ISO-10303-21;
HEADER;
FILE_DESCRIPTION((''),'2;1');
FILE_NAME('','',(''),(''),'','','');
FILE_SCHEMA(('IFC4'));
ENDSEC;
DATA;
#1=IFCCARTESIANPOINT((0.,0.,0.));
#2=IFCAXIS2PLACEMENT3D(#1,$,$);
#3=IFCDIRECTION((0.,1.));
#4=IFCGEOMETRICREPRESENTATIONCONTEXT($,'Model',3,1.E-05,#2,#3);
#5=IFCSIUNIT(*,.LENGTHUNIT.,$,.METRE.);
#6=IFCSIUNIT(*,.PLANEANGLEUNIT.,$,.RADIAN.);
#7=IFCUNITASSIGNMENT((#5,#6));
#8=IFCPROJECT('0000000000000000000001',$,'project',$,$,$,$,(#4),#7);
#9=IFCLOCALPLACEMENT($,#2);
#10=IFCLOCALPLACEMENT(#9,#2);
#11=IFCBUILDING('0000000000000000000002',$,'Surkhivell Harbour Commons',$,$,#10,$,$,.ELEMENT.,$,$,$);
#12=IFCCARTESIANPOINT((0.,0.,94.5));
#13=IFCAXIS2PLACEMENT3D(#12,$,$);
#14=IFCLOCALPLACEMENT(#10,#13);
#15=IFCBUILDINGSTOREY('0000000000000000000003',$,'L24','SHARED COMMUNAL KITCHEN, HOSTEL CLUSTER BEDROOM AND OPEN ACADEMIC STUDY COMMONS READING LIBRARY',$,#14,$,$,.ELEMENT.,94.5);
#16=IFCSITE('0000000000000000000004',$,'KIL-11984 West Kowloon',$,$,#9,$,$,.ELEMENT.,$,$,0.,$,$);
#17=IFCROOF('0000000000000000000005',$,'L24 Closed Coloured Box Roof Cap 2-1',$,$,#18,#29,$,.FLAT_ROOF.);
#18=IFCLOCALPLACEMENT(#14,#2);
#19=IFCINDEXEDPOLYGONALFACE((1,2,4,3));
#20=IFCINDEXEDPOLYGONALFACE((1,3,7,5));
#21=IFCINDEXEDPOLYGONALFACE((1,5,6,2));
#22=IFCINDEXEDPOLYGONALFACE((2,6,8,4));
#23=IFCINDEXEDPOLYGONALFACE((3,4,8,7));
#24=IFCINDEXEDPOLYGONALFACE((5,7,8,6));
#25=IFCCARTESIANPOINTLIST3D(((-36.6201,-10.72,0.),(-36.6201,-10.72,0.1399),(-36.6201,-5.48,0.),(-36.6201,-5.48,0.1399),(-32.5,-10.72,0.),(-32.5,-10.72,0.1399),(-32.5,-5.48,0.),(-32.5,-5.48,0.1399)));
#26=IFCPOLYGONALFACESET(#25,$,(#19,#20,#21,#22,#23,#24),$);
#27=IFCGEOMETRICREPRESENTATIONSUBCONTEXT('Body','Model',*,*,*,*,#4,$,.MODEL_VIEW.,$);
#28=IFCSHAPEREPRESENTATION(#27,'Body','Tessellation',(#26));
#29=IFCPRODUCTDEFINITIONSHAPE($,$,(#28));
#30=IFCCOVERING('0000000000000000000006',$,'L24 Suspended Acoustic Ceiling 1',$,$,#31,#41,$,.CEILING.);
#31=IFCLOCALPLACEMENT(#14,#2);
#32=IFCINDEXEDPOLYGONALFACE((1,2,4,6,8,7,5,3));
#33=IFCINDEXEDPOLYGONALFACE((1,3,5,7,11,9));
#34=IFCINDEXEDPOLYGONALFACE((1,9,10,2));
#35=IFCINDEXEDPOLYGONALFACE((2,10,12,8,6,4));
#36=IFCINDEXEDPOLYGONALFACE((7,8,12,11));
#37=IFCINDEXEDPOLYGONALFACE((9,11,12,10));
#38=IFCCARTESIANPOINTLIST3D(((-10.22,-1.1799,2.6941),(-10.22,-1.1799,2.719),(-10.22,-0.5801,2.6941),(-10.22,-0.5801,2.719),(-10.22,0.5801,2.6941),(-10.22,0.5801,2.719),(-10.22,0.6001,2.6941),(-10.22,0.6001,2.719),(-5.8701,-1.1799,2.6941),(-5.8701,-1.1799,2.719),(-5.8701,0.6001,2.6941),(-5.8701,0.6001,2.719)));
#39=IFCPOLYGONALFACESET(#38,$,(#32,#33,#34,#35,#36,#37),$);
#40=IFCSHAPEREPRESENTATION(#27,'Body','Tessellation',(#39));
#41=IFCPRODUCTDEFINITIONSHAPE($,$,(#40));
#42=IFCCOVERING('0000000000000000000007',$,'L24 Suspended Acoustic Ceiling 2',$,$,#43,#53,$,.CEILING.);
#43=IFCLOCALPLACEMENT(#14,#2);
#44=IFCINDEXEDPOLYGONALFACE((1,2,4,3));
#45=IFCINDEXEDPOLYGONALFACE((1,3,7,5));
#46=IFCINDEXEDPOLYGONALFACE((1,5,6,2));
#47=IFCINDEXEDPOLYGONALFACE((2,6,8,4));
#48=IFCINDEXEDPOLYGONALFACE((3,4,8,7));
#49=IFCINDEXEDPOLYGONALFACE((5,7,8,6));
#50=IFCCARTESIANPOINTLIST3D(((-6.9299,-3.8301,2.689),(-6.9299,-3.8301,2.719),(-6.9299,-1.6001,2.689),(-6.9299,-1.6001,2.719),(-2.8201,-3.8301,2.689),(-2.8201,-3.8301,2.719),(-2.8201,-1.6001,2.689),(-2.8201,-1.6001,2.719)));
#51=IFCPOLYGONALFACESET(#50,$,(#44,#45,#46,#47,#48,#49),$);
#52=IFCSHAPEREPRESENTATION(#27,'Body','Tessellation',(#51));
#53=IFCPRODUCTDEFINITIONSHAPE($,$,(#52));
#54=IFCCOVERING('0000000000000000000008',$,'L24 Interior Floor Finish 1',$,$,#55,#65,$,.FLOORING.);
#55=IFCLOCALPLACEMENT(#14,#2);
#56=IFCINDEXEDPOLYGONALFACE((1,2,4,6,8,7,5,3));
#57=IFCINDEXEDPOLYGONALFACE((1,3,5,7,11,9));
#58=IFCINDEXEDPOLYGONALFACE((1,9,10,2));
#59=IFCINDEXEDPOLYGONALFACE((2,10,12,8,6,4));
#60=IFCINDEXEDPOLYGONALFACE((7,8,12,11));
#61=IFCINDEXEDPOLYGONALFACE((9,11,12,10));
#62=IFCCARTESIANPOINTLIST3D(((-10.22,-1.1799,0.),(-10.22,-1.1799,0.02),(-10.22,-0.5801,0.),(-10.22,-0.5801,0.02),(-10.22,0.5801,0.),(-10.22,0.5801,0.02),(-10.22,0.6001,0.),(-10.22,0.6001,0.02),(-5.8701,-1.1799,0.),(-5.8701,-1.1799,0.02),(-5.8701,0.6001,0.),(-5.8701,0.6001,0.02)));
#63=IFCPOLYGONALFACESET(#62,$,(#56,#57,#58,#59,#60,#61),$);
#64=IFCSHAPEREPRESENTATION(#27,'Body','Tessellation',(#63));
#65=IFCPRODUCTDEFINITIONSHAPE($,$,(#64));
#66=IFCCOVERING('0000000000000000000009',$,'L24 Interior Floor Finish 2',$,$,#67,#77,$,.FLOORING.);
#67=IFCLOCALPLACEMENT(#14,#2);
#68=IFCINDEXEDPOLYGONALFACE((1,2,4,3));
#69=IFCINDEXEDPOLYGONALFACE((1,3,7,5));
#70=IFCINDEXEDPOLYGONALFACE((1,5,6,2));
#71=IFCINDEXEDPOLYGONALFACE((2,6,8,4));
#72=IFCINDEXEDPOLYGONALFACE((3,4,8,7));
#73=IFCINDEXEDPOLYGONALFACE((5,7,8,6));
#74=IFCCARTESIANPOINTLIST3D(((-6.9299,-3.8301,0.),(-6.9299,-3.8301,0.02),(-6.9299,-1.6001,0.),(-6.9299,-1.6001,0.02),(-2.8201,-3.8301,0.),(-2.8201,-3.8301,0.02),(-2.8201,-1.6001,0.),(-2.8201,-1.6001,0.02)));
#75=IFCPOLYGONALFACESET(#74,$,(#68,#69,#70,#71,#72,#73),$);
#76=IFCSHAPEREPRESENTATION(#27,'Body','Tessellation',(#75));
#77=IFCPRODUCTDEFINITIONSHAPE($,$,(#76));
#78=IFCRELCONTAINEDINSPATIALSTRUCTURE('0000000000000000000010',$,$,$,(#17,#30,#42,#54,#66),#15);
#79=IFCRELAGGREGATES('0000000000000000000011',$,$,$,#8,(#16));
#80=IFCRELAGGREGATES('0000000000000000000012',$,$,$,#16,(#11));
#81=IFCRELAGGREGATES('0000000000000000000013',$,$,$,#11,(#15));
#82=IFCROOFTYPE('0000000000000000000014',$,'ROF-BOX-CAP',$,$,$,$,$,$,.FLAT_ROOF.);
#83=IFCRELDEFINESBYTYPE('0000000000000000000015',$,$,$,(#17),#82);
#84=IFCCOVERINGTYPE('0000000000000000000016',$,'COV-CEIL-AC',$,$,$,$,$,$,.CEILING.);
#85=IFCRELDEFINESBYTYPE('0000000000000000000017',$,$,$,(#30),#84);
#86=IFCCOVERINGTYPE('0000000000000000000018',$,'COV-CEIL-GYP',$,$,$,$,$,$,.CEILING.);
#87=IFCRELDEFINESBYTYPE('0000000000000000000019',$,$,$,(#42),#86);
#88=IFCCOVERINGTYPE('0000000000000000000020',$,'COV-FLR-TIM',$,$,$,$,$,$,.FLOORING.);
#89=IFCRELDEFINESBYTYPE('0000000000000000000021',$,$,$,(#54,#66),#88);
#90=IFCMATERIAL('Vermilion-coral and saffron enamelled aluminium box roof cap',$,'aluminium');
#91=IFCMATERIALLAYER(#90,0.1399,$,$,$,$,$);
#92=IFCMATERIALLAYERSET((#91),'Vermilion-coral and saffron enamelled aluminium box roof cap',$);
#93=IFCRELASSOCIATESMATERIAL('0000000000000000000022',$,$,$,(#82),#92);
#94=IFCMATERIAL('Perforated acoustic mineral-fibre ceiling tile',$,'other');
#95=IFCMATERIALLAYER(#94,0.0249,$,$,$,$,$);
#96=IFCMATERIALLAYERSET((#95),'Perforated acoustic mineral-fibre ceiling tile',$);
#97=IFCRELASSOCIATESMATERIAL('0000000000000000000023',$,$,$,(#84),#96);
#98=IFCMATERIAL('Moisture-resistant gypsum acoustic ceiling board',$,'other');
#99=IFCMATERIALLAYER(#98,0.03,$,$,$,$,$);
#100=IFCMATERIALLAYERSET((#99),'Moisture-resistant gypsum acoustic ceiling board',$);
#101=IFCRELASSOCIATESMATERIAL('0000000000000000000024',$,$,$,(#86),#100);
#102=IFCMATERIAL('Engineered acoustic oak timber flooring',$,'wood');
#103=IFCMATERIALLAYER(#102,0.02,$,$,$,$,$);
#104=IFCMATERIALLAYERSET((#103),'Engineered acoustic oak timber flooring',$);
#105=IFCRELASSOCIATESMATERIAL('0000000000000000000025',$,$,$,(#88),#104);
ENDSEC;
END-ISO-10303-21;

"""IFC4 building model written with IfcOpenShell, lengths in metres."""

from ifc_helpers import new_model, si_unit, direction, frame, origin, place, context, subcontext, project, spatial, polyline, outline, extrude, material, layer, layer_set, type_object, element, save


model = new_model("IFC4")

# Units and contexts
model_context = context("Model", 3, precision=1e-05, world=origin(), true_north=direction((0.0, 1.0)))
body_context = subcontext(model_context, "Body", "Model", "MODEL_VIEW")
ifc_project = project(units=[si_unit("LENGTHUNIT", "METRE"), si_unit("PLANEANGLEUNIT", "RADIAN")], contexts=[model_context])

# Site, building, storey
site_placement = place(None, origin())
site = spatial("IfcSite", under=ifc_project, at=site_placement, Name="KIL-11984 West Kowloon", CompositionType="ELEMENT", RefElevation=0.0)
building_placement = place(site_placement, origin())
building = spatial("IfcBuilding", under=site, at=building_placement, Name="Surkhivell Harbour Commons", CompositionType="ELEMENT")
storey_placement = place(building_placement, frame((0.0, 0.0, 94.5)))
storey = spatial("IfcBuildingStorey", under=building, at=storey_placement, Name="L24", Description="SHARED COMMUNAL KITCHEN, HOSTEL CLUSTER BEDROOM AND OPEN ACADEMIC STUDY COMMONS READING LIBRARY", CompositionType="ELEMENT", Elevation=94.5)

# Roof
ifc_material_1 = material(Name="Vermilion-coral and saffron enamelled aluminium box roof cap", Category="aluminium")
ifc_layer_1 = layer(ifc_material_1, 0.1399)
ifc_layer_set_1 = layer_set([ifc_layer_1], Name="Vermilion-coral and saffron enamelled aluminium box roof cap")
roof_type = type_object("IfcRoofType", Name="ROF-BOX-CAP", PredefinedType="FLAT_ROOF", material=ifc_layer_set_1)
roof_1_placement = place(storey_placement, origin())
element("IfcRoof", 1, at=roof_1_placement, inside=storey, type_object=roof_type, Name="L24 Closed Coloured Box Roof Cap 2-1", PredefinedType="FLAT_ROOF", context=body_context, shape_type="SweptSolid", body=[
    extrude(outline(polyline([(-32.5, -10.72), (-32.5, -5.48), (-36.6201, -5.48), (-36.6201, -10.72), (-32.5, -10.72)])), origin(), (0.0, 0.0, 1.0), 0.1399),
])

# Coverings
ifc_material_2 = material(Name="Perforated acoustic mineral-fibre ceiling tile", Category="other")
ifc_layer_2 = layer(ifc_material_2, 0.0249)
ifc_layer_set_2 = layer_set([ifc_layer_2], Name="Perforated acoustic mineral-fibre ceiling tile")
covering_type_1 = type_object("IfcCoveringType", Name="COV-CEIL-AC", PredefinedType="CEILING", material=ifc_layer_set_2)
covering_1_placement = place(storey_placement, frame((0.0, 0.0, 2.6941)))
element("IfcCovering", 2, at=covering_1_placement, inside=storey, type_object=covering_type_1, Name="L24 Suspended Acoustic Ceiling 1", PredefinedType="CEILING", context=body_context, shape_type="SweptSolid", body=[
    extrude(outline(polyline([(-10.22, -1.1799), (-5.8701, -1.1799), (-5.8701, 0.6001), (-10.22, 0.6001), (-10.22, 0.5801), (-10.22, -0.5801), (-10.22, -1.1799)])), origin(), (0.0, 0.0, 1.0), 0.0249),
])
ifc_material_3 = material(Name="Moisture-resistant gypsum acoustic ceiling board", Category="other")
ifc_layer_3 = layer(ifc_material_3, 0.03)
ifc_layer_set_3 = layer_set([ifc_layer_3], Name="Moisture-resistant gypsum acoustic ceiling board")
covering_type_2 = type_object("IfcCoveringType", Name="COV-CEIL-GYP", PredefinedType="CEILING", material=ifc_layer_set_3)
covering_2_placement = place(storey_placement, frame((0.0, 0.0, 2.689)))
element("IfcCovering", 3, at=covering_2_placement, inside=storey, type_object=covering_type_2, Name="L24 Suspended Acoustic Ceiling 2", PredefinedType="CEILING", context=body_context, shape_type="SweptSolid", body=[
    extrude(outline(polyline([(-6.9299, -3.8301), (-2.8201, -3.8301), (-2.8201, -1.6001), (-6.9299, -1.6001), (-6.9299, -3.8301)])), origin(), (0.0, 0.0, 1.0), 0.03),
])
ifc_material_4 = material(Name="Engineered acoustic oak timber flooring", Category="wood")
ifc_layer_4 = layer(ifc_material_4, 0.02)
ifc_layer_set_4 = layer_set([ifc_layer_4], Name="Engineered acoustic oak timber flooring")
covering_type_3 = type_object("IfcCoveringType", Name="COV-FLR-TIM", PredefinedType="FLOORING", material=ifc_layer_set_4)
covering_3_placement = place(storey_placement, origin())
element("IfcCovering", 4, at=covering_3_placement, inside=storey, type_object=covering_type_3, Name="L24 Interior Floor Finish 1", PredefinedType="FLOORING", context=body_context, shape_type="SweptSolid", body=[
    extrude(outline(polyline([(-10.22, -1.1799), (-5.8701, -1.1799), (-5.8701, 0.6001), (-10.22, 0.6001), (-10.22, 0.5801), (-10.22, -0.5801), (-10.22, -1.1799)])), origin(), (0.0, 0.0, 1.0), 0.02),
])
covering_4_placement = place(storey_placement, origin())
element("IfcCovering", 5, at=covering_4_placement, inside=storey, type_object=covering_type_3, Name="L24 Interior Floor Finish 2", PredefinedType="FLOORING", context=body_context, shape_type="SweptSolid", body=[
    extrude(outline(polyline([(-6.9299, -3.8301), (-2.8201, -3.8301), (-2.8201, -1.6001), (-6.9299, -1.6001), (-6.9299, -3.8301)])), origin(), (0.0, 0.0, 1.0), 0.02),
])

save(model, "model.ifc")
